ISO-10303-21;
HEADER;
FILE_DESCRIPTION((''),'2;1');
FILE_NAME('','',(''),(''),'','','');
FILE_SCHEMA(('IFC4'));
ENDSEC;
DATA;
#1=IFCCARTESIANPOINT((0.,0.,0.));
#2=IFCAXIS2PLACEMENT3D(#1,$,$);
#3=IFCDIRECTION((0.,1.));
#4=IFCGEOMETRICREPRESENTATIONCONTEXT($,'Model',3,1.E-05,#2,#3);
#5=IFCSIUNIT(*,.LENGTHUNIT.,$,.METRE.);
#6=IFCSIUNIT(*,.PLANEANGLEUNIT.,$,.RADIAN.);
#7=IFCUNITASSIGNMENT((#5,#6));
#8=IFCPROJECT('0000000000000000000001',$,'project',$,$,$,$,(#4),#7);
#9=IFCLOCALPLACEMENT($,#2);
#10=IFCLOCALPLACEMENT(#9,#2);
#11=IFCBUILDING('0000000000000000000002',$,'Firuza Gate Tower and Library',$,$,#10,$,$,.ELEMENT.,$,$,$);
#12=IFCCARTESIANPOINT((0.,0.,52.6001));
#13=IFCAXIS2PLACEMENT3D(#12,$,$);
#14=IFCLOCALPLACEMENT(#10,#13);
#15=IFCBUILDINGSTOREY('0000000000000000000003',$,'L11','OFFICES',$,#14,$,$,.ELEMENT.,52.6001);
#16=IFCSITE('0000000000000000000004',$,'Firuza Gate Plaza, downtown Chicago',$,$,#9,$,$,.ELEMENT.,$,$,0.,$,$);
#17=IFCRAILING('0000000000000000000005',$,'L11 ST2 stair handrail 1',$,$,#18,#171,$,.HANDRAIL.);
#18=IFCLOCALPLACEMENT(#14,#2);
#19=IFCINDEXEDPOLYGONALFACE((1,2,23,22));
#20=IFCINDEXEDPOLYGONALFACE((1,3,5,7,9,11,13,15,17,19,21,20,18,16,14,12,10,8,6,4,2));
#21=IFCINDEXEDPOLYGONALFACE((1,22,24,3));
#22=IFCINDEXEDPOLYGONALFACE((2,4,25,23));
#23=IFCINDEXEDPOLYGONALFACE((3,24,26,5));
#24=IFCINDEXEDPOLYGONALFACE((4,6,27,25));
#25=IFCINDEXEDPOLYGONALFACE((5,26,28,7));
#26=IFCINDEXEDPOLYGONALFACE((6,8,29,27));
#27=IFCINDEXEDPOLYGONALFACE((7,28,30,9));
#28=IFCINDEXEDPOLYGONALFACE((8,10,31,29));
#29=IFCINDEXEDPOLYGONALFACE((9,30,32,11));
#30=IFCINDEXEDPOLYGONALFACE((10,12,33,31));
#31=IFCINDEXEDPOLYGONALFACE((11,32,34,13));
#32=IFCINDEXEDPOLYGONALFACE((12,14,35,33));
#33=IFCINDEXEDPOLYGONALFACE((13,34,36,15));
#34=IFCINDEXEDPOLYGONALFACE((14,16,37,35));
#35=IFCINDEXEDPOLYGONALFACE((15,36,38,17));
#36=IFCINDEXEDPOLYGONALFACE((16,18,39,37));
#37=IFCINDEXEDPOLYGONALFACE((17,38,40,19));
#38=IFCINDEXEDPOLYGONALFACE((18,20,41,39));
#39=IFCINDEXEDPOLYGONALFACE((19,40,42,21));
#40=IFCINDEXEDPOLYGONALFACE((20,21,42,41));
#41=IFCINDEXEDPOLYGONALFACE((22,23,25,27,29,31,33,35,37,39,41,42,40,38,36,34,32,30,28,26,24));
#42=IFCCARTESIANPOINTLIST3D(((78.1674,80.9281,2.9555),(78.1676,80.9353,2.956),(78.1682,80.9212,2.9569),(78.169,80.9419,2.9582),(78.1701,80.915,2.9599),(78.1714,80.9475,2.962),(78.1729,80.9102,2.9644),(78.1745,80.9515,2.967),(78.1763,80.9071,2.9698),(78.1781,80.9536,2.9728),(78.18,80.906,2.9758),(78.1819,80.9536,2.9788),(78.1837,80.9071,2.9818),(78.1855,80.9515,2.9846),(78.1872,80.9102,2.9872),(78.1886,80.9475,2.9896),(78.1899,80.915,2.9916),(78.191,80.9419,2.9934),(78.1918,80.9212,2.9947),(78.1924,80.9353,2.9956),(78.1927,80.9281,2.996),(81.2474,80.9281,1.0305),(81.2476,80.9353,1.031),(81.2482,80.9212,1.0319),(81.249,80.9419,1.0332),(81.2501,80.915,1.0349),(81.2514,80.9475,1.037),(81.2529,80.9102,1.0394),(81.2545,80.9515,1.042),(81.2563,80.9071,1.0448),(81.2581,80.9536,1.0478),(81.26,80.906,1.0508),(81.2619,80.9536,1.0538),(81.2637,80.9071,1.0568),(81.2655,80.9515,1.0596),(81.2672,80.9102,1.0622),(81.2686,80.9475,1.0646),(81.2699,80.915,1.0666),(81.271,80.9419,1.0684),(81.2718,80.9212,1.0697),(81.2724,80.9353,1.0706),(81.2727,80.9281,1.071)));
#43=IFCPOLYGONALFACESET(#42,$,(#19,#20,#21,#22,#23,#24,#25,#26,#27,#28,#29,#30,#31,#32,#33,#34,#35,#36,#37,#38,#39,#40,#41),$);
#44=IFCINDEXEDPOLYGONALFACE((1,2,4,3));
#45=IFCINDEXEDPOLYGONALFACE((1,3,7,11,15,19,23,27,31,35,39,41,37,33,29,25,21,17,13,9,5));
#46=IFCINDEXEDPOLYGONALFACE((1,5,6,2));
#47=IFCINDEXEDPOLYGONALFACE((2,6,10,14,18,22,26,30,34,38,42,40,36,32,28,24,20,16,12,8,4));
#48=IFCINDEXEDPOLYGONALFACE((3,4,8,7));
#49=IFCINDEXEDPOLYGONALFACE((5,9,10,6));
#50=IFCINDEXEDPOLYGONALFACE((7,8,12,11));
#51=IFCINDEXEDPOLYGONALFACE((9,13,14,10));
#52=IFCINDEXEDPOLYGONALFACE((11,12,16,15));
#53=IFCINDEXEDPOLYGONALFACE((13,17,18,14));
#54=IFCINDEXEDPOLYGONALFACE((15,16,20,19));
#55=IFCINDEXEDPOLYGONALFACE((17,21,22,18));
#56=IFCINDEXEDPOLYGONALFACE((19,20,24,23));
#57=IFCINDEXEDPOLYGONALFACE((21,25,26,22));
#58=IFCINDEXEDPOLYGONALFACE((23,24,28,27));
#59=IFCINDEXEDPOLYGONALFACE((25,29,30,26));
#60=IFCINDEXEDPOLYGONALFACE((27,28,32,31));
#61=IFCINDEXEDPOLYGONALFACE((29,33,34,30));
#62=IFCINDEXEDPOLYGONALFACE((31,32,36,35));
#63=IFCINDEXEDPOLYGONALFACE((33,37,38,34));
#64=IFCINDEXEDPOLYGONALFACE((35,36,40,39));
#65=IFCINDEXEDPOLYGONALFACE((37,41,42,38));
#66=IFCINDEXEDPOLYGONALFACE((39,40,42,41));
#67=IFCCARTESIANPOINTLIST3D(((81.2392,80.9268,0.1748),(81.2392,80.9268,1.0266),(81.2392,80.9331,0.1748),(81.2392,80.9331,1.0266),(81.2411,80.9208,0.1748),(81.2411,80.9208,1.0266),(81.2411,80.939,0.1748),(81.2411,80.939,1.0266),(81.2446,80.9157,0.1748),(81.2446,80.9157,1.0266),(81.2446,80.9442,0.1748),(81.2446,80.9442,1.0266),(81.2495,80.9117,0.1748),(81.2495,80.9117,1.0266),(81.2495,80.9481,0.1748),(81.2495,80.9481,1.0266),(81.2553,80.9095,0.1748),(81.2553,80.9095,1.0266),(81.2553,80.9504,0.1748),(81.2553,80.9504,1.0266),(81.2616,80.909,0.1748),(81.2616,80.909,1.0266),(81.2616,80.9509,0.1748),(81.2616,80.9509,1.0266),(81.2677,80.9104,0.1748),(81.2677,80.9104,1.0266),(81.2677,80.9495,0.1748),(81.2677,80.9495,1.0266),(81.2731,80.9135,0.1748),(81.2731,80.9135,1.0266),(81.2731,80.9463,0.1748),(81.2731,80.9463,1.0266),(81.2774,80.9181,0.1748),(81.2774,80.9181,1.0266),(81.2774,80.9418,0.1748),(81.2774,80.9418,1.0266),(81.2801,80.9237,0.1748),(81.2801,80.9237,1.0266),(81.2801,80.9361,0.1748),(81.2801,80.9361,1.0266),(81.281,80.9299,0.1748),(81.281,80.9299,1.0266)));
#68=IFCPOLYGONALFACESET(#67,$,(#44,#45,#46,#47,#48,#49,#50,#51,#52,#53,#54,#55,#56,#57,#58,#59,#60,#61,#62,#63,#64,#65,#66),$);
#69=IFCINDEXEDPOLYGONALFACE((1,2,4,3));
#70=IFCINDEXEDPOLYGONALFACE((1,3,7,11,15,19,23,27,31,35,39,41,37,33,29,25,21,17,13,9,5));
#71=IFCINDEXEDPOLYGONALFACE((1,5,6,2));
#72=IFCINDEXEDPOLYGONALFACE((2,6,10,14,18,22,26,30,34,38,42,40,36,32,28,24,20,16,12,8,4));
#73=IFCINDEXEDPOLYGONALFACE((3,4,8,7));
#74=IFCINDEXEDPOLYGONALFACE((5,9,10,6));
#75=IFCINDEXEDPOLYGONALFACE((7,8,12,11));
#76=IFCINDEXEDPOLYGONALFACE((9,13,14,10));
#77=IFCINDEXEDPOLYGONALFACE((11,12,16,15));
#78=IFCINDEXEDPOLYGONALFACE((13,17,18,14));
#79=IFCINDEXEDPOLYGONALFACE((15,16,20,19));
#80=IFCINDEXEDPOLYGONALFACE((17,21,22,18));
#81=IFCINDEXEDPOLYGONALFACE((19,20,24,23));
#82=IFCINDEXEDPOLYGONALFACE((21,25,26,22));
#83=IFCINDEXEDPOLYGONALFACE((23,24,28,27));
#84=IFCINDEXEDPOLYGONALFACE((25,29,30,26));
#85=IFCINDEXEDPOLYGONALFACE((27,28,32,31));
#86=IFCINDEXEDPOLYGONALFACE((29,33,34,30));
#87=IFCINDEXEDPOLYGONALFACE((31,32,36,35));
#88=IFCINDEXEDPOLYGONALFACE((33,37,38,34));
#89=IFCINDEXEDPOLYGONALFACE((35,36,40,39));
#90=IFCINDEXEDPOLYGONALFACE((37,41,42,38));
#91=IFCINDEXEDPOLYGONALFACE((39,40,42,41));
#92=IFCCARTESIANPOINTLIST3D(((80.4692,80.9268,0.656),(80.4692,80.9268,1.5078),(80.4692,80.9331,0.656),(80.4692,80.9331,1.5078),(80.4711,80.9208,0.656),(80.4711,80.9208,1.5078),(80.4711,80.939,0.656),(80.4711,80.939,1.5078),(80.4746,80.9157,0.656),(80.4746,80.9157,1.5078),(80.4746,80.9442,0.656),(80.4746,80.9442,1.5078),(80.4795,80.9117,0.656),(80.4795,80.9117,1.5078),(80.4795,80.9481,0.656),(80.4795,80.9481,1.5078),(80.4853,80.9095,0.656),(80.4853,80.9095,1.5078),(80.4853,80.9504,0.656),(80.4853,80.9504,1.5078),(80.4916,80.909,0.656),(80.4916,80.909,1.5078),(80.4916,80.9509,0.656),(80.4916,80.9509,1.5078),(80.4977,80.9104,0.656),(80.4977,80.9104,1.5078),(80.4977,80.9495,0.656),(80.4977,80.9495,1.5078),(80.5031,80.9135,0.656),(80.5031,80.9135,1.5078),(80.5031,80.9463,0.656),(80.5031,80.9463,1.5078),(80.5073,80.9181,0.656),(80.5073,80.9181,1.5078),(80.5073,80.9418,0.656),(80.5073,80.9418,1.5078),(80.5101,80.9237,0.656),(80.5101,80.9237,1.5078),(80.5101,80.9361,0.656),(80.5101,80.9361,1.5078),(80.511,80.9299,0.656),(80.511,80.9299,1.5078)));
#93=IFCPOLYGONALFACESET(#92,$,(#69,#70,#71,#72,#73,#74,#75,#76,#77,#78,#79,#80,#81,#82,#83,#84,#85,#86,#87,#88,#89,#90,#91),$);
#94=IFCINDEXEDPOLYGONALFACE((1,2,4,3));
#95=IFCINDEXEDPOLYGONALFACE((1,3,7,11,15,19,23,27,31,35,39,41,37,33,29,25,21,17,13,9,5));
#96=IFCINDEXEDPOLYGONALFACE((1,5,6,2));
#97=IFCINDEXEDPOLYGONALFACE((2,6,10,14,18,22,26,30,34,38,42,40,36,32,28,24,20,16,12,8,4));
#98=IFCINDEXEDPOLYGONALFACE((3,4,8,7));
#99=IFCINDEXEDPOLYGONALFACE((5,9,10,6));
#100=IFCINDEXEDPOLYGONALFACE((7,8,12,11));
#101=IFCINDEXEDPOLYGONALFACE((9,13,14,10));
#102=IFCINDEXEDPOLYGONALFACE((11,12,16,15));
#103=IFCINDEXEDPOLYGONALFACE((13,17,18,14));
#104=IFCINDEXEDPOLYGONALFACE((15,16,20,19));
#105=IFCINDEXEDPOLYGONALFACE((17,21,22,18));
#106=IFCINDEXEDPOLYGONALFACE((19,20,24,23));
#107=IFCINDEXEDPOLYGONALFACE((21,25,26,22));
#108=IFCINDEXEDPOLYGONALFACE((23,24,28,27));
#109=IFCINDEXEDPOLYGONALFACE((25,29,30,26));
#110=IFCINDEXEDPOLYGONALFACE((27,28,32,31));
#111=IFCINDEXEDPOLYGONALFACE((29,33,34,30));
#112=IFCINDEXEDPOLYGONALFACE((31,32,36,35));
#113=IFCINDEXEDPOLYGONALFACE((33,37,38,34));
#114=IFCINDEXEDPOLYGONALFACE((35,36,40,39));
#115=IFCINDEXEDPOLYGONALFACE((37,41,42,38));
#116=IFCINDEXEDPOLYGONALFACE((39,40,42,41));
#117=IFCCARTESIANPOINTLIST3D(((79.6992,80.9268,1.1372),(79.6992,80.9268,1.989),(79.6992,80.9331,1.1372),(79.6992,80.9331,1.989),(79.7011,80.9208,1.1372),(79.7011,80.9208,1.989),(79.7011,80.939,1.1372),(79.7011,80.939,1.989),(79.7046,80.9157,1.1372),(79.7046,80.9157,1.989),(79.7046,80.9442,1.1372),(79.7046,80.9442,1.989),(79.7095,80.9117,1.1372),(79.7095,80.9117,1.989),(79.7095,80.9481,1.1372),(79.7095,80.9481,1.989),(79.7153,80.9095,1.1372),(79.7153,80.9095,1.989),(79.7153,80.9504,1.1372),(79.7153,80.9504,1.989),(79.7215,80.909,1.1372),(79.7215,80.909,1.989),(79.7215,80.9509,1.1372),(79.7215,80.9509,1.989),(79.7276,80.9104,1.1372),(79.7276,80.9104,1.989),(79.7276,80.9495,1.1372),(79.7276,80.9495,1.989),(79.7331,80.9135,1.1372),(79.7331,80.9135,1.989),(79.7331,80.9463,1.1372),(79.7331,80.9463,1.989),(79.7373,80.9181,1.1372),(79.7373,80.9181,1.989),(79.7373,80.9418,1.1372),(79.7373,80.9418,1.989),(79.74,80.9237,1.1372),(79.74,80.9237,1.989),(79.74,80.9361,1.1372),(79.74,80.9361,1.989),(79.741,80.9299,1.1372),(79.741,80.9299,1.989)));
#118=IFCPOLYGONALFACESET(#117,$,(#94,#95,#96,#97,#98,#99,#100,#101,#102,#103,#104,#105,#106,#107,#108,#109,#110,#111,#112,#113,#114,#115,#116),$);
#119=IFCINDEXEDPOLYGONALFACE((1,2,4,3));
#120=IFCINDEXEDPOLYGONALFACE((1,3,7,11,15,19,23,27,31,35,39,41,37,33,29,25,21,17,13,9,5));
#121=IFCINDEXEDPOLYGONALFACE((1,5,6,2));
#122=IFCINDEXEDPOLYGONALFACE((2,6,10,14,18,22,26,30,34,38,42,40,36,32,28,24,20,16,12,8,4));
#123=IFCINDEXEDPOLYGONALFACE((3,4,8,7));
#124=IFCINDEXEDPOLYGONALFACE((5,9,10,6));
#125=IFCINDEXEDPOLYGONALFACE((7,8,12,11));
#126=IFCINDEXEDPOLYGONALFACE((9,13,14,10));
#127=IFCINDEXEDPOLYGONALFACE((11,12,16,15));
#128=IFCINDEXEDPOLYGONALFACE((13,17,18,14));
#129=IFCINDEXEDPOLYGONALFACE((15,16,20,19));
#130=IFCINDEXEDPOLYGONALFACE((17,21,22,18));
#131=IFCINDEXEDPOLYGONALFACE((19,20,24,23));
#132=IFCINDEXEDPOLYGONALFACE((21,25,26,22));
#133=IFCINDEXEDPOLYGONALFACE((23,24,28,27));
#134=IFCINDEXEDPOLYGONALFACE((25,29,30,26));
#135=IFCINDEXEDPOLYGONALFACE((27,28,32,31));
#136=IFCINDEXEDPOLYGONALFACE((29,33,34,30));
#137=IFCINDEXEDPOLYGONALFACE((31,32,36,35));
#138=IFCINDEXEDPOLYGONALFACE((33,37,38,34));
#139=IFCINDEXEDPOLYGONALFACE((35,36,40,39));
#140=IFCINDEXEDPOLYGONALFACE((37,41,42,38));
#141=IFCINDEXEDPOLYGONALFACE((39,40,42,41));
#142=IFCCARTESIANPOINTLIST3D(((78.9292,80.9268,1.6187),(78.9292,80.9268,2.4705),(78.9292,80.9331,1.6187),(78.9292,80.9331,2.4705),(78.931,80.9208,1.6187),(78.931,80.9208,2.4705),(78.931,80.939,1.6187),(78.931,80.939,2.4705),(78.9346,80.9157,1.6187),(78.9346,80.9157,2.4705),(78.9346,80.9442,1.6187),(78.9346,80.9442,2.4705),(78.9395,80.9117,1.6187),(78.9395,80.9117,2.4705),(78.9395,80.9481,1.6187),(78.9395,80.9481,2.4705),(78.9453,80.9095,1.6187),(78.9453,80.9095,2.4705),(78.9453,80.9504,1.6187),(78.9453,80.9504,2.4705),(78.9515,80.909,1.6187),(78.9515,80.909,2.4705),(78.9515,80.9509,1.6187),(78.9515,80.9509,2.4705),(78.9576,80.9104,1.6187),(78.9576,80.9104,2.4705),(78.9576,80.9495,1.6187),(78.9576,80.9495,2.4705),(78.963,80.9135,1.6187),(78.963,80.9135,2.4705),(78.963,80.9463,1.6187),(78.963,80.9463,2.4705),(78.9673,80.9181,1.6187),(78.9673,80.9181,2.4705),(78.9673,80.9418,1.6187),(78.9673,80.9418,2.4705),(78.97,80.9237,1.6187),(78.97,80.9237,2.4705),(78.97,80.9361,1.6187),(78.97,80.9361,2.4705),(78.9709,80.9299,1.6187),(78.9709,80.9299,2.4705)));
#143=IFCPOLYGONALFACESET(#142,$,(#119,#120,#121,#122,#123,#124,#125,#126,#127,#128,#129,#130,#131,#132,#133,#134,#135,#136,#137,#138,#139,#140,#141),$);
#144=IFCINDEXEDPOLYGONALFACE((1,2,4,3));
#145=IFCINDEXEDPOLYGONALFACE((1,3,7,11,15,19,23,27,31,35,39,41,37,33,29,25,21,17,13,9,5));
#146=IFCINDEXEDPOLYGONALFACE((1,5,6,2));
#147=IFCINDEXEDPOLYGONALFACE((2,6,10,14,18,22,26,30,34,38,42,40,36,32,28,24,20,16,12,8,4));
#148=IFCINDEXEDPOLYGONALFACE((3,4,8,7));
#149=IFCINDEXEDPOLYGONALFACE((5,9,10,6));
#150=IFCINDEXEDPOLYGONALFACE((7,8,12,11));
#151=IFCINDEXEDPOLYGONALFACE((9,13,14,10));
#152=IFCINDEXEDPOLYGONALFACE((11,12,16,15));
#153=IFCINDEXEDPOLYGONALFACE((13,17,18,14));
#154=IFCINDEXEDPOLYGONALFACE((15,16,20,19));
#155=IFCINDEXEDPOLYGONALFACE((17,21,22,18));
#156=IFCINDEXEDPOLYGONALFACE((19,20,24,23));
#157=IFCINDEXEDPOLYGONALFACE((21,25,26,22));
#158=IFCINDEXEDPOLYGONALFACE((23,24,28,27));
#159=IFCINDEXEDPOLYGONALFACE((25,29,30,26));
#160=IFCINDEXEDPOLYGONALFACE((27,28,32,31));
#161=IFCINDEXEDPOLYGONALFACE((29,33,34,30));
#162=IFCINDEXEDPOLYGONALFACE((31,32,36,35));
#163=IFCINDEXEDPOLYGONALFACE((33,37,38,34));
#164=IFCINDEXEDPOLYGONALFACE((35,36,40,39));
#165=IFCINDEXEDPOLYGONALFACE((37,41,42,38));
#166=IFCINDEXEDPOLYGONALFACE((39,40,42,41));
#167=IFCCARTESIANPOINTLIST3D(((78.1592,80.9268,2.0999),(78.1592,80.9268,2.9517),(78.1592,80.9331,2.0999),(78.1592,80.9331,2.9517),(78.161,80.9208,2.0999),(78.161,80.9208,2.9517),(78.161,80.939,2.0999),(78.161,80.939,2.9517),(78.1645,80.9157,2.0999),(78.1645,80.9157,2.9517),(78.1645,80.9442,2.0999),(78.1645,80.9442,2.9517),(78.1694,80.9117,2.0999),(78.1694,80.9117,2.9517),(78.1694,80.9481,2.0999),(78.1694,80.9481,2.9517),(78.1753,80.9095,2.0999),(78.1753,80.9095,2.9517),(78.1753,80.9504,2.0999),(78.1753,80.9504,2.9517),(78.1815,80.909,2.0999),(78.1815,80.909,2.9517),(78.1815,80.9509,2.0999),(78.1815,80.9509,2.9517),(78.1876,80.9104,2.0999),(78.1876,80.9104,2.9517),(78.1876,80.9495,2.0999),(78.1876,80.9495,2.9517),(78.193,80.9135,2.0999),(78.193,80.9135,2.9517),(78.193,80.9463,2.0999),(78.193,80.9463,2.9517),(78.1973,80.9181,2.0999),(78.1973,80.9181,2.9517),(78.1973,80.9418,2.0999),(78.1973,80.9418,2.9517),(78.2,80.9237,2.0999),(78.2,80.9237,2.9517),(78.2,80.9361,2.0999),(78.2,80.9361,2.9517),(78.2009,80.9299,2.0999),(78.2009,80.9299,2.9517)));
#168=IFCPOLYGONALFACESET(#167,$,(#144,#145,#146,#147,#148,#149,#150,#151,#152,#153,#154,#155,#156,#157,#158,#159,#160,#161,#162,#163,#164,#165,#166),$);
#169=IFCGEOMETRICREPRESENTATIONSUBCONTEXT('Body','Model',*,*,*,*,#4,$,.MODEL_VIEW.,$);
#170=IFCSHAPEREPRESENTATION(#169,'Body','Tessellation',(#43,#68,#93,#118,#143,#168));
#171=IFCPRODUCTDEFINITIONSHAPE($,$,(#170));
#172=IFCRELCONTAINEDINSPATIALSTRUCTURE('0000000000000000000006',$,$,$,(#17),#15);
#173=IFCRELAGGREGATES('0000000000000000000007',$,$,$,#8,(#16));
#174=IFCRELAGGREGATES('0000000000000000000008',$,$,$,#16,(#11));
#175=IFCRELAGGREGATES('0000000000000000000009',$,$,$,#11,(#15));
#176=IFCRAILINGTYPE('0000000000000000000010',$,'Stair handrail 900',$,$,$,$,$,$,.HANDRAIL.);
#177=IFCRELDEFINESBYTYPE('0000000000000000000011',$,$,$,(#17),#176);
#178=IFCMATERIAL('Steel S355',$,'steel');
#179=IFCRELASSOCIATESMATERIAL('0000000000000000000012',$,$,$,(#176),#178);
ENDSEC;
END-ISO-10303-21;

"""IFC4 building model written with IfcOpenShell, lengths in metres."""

from ifc_helpers import new_model, si_unit, direction, frame, origin, origin_2d, place, context, subcontext, project, spatial, circle, extrude, material, type_object, element, save


model = new_model("IFC4")

# Units and contexts
model_context = context("Model", 3, precision=1e-05, world=origin(), true_north=direction((0.0, 1.0)))
body_context = subcontext(model_context, "Body", "Model", "MODEL_VIEW")
ifc_project = project(units=[si_unit("LENGTHUNIT", "METRE"), si_unit("PLANEANGLEUNIT", "RADIAN")], contexts=[model_context])

# Site, building, storey
site_placement = place(None, origin())
site = spatial("IfcSite", under=ifc_project, at=site_placement, Name="Firuza Gate Plaza, downtown Chicago", CompositionType="ELEMENT", RefElevation=0.0)
building_placement = place(site_placement, origin())
building = spatial("IfcBuilding", under=site, at=building_placement, Name="Firuza Gate Tower and Library", CompositionType="ELEMENT")
storey_placement = place(building_placement, frame((0.0, 0.0, 52.6001)))
storey = spatial("IfcBuildingStorey", under=building, at=storey_placement, Name="L11", Description="OFFICES", CompositionType="ELEMENT", Elevation=52.6001)

# Railing
ifc_material_1 = material(Name="Steel S355", Category="steel")
railing_type = type_object("IfcRailingType", Name="Stair handrail 900", PredefinedType="HANDRAIL", material=ifc_material_1)
railing_1_placement = place(storey_placement, frame((81.26, 80.9299, 0.1748)))
element("IfcRailing", 1, at=railing_1_placement, inside=storey, type_object=railing_type, Name="L11 ST2 stair handrail 1", PredefinedType="HANDRAIL", context=body_context, shape_type="SweptSolid", body=[
    extrude(circle(Radius=0.0239, at=origin_2d()), frame((0.0, 0.0, 0.876), z_axis=(-0.847998, 0.0, 0.529999), x_axis=(0.0, -1.0, 0.0)), (0.0, 0.0, 1.0), 3.6321),
    extrude(circle(Radius=0.021, at=origin_2d()), origin(), (0.0, 0.0, 1.0), 0.8518),
    extrude(circle(Radius=0.021, at=origin_2d()), frame((-0.77, 0.0, 0.4812)), (0.0, 0.0, 1.0), 0.8518),
    extrude(circle(Radius=0.021, at=origin_2d()), frame((-1.54, 0.0, 0.9624)), (0.0, 0.0, 1.0), 0.8518),
    extrude(circle(Radius=0.021, at=origin_2d()), frame((-2.3101, 0.0, 1.4438)), (0.0, 0.0, 1.0), 0.8518),
    extrude(circle(Radius=0.021, at=origin_2d()), frame((-3.0801, 0.0, 1.925)), (0.0, 0.0, 1.0), 0.8518),
])

save(model, "model.ifc")
